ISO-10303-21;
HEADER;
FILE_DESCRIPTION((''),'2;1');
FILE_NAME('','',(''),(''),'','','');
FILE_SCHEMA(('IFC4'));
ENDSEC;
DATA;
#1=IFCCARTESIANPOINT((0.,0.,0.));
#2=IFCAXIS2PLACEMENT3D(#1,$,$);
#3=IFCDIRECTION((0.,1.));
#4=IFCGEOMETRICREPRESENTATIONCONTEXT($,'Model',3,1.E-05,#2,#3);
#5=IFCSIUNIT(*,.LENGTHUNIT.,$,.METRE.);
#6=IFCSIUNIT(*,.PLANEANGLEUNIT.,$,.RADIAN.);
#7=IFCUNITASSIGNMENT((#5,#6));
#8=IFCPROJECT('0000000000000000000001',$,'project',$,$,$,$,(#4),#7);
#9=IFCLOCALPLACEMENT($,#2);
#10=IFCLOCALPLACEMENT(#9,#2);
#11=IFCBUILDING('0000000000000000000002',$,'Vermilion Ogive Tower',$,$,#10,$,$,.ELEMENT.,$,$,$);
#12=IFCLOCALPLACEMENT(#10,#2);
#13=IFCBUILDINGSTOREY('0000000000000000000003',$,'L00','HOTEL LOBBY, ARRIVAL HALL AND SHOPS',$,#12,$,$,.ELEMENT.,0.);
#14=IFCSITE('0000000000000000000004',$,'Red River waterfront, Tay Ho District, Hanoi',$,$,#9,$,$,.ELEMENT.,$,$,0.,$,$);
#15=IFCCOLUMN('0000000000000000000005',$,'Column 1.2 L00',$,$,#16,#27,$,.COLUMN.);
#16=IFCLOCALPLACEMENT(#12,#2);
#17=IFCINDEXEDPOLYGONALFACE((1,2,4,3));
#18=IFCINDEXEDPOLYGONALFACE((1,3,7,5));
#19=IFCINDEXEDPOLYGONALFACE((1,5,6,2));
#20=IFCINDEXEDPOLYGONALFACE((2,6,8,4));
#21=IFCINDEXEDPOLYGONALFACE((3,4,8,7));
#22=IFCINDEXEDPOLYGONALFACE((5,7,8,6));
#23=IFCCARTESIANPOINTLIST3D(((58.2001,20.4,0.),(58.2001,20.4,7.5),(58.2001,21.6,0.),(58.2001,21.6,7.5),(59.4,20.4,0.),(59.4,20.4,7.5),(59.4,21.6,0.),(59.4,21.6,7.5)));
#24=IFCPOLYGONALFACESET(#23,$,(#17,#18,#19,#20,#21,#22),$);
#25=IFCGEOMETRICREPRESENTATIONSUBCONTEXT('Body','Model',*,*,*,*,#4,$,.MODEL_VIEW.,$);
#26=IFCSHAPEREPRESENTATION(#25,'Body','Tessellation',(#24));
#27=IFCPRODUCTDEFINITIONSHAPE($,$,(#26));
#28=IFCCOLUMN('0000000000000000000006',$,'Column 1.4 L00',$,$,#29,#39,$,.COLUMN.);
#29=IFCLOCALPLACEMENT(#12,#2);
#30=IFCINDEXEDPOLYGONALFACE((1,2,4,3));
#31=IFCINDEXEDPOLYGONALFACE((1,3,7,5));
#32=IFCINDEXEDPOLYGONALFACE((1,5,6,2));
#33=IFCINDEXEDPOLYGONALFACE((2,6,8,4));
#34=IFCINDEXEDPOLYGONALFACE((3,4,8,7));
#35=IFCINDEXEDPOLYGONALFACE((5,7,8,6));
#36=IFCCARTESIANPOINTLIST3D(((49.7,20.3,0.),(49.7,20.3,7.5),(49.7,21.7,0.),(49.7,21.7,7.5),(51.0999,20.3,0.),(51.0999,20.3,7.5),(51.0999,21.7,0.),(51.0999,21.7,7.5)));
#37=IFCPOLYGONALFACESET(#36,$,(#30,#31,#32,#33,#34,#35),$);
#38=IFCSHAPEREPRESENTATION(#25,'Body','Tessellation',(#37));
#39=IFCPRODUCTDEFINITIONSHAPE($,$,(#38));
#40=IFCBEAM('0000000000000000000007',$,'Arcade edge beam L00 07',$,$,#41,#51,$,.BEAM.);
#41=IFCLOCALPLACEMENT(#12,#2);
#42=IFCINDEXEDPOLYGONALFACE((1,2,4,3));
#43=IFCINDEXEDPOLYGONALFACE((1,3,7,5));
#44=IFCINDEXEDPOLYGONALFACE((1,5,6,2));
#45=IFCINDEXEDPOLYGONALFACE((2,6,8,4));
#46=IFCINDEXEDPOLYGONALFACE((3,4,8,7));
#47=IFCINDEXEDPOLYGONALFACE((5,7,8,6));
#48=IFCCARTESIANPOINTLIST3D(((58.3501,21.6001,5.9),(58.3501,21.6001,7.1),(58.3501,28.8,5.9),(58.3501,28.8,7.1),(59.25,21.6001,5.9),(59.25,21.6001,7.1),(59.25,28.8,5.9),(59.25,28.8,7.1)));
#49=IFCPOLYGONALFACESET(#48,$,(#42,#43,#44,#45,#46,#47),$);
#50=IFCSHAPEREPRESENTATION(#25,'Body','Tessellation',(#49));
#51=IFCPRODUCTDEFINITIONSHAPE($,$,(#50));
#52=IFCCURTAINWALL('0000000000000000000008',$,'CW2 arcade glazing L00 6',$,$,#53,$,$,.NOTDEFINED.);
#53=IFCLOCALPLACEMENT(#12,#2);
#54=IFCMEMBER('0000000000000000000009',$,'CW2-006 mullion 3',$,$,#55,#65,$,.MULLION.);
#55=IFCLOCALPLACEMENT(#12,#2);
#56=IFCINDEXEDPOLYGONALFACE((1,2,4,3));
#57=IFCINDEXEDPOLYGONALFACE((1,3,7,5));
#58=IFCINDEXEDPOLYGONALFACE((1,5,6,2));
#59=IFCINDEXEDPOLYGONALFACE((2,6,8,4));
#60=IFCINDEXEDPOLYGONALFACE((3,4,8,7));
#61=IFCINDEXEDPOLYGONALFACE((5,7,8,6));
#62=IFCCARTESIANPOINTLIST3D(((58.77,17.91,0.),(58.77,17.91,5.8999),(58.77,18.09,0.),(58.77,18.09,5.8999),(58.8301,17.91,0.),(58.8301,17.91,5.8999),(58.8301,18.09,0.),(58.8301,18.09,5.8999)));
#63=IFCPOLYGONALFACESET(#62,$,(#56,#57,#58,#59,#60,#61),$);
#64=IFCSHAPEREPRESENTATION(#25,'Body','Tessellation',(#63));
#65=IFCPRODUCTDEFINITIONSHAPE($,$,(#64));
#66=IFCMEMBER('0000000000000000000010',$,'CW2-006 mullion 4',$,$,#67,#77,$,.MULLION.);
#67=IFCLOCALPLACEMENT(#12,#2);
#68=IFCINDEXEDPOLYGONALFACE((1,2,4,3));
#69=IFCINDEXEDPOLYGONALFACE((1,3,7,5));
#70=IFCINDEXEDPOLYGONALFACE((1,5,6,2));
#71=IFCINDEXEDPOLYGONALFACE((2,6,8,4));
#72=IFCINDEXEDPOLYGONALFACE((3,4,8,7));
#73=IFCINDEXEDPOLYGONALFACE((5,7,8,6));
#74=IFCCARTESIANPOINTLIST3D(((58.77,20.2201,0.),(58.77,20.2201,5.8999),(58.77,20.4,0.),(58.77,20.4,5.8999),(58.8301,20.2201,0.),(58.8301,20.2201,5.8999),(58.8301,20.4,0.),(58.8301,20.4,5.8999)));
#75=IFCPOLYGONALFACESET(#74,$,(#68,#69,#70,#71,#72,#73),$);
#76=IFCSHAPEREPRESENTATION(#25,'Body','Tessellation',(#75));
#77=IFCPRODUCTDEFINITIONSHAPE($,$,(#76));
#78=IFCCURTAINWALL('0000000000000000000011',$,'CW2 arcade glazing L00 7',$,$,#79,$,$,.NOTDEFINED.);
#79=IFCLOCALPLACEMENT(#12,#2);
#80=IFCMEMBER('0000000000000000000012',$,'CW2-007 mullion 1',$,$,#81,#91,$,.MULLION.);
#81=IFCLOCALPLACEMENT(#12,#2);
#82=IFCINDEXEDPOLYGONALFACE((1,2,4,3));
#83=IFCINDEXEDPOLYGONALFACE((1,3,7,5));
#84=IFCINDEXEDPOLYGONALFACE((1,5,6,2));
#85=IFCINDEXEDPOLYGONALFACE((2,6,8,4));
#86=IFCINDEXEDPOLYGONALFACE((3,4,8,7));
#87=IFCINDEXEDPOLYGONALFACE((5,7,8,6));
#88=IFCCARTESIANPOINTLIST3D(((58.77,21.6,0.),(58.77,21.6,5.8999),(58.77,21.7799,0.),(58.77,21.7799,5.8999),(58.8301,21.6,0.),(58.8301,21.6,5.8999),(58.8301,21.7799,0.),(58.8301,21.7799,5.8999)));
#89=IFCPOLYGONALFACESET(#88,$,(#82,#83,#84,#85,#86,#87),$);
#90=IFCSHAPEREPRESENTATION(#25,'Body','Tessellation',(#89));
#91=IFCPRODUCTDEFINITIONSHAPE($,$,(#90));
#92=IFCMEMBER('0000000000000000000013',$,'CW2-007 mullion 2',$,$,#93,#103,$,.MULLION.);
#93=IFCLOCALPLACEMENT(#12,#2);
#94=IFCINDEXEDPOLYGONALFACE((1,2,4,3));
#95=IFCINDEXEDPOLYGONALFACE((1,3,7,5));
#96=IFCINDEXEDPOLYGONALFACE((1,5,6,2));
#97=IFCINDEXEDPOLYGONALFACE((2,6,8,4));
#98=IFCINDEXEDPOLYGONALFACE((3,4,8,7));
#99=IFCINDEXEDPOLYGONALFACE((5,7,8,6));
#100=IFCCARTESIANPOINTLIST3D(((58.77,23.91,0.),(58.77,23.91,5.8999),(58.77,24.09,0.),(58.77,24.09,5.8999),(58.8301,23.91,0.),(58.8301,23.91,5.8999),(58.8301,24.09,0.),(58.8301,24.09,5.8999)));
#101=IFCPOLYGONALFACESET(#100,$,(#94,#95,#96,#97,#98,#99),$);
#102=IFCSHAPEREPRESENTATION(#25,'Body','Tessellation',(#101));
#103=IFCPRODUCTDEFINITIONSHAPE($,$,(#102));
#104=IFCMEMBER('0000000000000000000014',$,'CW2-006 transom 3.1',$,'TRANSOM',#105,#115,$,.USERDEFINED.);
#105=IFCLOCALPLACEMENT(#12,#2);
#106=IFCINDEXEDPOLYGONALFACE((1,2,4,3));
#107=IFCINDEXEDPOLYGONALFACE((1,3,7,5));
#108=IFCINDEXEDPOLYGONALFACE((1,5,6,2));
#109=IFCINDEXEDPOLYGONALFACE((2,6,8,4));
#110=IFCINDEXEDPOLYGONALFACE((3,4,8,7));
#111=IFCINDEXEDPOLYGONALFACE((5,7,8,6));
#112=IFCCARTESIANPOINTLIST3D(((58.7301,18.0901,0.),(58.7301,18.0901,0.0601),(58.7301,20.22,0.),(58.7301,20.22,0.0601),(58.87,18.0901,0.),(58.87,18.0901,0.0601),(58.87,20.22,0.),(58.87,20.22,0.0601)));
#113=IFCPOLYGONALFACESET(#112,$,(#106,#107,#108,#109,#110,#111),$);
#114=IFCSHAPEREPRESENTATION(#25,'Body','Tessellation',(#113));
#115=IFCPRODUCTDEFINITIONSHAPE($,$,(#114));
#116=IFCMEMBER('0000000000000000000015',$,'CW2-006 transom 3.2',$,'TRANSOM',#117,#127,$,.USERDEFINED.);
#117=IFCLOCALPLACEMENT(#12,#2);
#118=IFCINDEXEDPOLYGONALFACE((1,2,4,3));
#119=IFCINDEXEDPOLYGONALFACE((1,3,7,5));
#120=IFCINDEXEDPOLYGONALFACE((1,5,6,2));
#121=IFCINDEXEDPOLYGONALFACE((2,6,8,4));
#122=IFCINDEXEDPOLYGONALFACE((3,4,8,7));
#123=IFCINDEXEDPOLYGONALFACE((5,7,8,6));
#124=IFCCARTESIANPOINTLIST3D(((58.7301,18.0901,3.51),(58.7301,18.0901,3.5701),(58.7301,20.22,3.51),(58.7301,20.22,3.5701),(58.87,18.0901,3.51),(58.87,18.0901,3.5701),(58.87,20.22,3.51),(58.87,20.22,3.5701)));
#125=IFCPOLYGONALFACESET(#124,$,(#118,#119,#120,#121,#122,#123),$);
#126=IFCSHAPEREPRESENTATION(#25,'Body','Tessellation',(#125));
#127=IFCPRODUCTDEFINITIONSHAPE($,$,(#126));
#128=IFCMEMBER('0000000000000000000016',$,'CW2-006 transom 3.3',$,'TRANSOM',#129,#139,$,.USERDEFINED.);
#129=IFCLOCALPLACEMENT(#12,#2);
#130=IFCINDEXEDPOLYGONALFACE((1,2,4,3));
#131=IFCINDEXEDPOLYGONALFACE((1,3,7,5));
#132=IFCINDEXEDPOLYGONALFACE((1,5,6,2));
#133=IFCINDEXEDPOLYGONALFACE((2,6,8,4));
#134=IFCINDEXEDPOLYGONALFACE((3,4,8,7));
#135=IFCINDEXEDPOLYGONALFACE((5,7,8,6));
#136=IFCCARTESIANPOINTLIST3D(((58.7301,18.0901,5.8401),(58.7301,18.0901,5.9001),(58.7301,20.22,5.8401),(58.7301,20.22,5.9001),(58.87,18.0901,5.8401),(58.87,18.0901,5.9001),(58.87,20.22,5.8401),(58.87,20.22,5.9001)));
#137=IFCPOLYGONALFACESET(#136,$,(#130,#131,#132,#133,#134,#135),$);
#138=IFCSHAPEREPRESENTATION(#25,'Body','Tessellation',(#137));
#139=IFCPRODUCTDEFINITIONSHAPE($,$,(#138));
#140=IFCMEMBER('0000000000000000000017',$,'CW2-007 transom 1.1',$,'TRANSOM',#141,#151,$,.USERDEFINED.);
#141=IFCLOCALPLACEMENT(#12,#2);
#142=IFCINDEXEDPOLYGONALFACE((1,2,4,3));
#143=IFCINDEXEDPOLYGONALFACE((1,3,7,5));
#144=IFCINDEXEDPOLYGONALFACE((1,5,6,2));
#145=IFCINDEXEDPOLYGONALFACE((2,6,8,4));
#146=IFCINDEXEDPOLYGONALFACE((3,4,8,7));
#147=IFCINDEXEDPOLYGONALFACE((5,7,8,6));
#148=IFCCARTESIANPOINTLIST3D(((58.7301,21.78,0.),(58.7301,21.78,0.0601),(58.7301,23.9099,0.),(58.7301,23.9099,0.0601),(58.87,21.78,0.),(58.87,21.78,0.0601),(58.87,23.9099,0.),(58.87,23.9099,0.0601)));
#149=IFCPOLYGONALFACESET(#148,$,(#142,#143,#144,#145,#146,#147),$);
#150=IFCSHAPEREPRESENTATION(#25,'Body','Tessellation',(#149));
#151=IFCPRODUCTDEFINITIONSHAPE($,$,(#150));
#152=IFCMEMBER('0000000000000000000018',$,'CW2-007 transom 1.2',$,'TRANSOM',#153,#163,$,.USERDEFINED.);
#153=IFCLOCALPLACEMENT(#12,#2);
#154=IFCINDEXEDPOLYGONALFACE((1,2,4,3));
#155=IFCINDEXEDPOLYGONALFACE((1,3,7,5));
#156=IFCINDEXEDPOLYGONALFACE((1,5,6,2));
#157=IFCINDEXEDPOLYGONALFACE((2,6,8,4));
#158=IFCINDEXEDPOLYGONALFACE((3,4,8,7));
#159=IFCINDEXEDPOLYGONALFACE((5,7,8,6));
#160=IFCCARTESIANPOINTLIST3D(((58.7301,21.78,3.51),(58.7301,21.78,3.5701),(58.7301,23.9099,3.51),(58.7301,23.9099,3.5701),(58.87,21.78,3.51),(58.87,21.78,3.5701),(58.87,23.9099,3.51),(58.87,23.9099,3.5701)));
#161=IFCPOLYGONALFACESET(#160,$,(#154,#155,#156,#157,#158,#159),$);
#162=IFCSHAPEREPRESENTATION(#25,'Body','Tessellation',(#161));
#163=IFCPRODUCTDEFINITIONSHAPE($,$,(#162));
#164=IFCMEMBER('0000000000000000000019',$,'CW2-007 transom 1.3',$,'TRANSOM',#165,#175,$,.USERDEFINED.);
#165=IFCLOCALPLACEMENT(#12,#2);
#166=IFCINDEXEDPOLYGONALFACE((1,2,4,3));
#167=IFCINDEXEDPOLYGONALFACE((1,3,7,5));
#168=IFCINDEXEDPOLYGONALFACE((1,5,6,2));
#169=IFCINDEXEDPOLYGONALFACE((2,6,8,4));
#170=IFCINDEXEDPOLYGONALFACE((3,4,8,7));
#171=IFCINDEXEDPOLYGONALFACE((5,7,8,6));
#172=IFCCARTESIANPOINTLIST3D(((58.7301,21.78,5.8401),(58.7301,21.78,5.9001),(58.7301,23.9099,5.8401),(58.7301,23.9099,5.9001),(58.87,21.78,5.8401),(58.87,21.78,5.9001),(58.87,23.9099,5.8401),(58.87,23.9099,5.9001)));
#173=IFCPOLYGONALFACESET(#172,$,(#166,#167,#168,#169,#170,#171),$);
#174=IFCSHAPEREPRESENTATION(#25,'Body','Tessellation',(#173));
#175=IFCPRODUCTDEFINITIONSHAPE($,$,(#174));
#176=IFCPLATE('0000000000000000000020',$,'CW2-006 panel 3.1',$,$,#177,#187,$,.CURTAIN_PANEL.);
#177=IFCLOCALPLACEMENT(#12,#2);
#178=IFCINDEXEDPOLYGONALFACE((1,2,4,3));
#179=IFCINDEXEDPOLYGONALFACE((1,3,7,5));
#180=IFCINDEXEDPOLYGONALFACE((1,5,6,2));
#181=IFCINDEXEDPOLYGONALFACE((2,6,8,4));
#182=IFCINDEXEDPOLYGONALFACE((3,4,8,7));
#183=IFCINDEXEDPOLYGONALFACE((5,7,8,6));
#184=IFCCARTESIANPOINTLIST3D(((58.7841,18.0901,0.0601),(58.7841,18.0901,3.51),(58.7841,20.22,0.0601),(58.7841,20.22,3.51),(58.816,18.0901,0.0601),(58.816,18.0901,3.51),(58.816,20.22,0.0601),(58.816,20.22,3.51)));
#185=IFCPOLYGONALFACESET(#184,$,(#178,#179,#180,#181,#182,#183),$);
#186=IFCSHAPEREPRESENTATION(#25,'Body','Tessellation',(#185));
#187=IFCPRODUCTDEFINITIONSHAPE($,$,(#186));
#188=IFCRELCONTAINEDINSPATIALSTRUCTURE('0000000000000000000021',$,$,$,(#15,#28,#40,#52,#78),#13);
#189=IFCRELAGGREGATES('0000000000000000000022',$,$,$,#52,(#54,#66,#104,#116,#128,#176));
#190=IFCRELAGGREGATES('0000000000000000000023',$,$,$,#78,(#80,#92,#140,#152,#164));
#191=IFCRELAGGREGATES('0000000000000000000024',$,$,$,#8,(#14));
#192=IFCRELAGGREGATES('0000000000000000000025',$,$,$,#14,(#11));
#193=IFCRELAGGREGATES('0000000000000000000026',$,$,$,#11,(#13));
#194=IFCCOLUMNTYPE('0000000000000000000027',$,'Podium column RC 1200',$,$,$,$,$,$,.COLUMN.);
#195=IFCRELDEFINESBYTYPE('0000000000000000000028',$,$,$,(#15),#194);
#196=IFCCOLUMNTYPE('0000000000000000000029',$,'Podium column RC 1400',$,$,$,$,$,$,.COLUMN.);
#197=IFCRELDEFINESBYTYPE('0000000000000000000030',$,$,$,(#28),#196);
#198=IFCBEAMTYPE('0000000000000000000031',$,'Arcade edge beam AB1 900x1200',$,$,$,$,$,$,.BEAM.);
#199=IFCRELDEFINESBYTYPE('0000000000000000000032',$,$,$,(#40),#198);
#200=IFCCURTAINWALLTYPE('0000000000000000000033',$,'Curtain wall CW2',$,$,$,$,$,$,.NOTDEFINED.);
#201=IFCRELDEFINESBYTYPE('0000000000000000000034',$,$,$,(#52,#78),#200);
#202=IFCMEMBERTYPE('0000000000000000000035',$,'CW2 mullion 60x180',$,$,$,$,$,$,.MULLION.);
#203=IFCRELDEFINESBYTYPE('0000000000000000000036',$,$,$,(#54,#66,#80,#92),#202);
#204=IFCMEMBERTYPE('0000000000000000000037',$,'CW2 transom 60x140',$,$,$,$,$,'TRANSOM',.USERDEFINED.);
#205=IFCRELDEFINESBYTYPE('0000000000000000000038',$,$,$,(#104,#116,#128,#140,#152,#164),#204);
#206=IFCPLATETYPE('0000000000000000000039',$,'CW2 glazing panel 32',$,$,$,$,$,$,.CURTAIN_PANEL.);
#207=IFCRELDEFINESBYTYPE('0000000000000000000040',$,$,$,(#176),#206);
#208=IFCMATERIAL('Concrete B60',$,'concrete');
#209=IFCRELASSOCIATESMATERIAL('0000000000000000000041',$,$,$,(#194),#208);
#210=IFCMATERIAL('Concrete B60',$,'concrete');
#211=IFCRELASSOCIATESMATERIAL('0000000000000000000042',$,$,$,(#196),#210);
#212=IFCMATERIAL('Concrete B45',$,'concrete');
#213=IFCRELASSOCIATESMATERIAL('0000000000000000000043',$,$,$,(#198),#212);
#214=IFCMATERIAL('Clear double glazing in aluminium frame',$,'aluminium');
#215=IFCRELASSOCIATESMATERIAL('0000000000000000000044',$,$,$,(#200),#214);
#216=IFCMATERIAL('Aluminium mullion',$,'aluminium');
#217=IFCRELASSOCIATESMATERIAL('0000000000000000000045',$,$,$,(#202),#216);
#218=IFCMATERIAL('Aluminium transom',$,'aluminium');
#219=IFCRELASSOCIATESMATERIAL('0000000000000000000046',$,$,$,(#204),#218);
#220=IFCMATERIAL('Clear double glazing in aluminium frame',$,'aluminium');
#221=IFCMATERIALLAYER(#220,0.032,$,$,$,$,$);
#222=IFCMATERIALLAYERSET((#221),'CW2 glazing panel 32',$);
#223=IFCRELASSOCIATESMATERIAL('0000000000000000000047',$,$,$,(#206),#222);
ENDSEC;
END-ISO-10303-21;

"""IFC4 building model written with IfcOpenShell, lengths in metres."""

from ifc_helpers import new_model, si_unit, direction, frame, origin, origin_2d, place, context, subcontext, project, spatial, rectangle, extrude, material, layer, layer_set, material_profile, profile_set, type_object, element, aggregate, save


model = new_model("IFC4")

# Units and contexts
model_context = context("Model", 3, precision=1e-05, world=origin(), true_north=direction((0.0, 1.0)))
body_context = subcontext(model_context, "Body", "Model", "MODEL_VIEW")
ifc_project = project(units=[si_unit("LENGTHUNIT", "METRE"), si_unit("PLANEANGLEUNIT", "RADIAN")], contexts=[model_context])

# Site, building, storey
site_placement = place(None, origin())
site = spatial("IfcSite", under=ifc_project, at=site_placement, Name="Red River waterfront, Tay Ho District, Hanoi", CompositionType="ELEMENT", RefElevation=0.0)
building_placement = place(site_placement, origin())
building = spatial("IfcBuilding", under=site, at=building_placement, Name="Vermilion Ogive Tower", CompositionType="ELEMENT")
storey_placement = place(building_placement, origin())
storey = spatial("IfcBuildingStorey", under=building, at=storey_placement, Name="L00", Description="HOTEL LOBBY, ARRIVAL HALL AND SHOPS", CompositionType="ELEMENT", Elevation=0.0)

# Columns
ifc_material_1 = material(Name="Concrete B60", Category="concrete")
ifc_material_profile_1 = material_profile(ifc_material_1, rectangle(XDim=1.2, YDim=1.2, at=origin_2d()), Name="RC 1200x1200")
ifc_profile_set_1 = profile_set([ifc_material_profile_1], Name="Concrete B60")
column_type_1 = type_object("IfcColumnType", Name="Podium column RC 1200", PredefinedType="COLUMN", material=ifc_profile_set_1)
column_1_placement = place(storey_placement, frame((58.8, 21.0, 0.0), z_axis=(0.0, 0.0, 1.0), x_axis=(1.0, 0.0, 0.0)))
element("IfcColumn", 1, at=column_1_placement, inside=storey, type_object=column_type_1, Name="Column 1.2 L00", PredefinedType="COLUMN", context=body_context, shape_type="SweptSolid", body=[
    extrude(rectangle(XDim=1.2, YDim=1.2, at=origin_2d()), origin(), (0.0, 0.0, 1.0), 7.5),
])
ifc_material_2 = material(Name="Concrete B60", Category="concrete")
ifc_material_profile_2 = material_profile(ifc_material_2, rectangle(XDim=1.3999, YDim=1.3999, at=origin_2d()), Name="RC 1400x1400")
ifc_profile_set_2 = profile_set([ifc_material_profile_2], Name="Concrete B60")
column_type_2 = type_object("IfcColumnType", Name="Podium column RC 1400", PredefinedType="COLUMN", material=ifc_profile_set_2)
column_2_placement = place(storey_placement, frame((50.3999, 21.0, 0.0), z_axis=(0.0, 0.0, 1.0), x_axis=(1.0, 0.0, 0.0)))
element("IfcColumn", 2, at=column_2_placement, inside=storey, type_object=column_type_2, Name="Column 1.4 L00", PredefinedType="COLUMN", context=body_context, shape_type="SweptSolid", body=[
    extrude(rectangle(XDim=1.3999, YDim=1.3999, at=origin_2d()), origin(), (0.0, 0.0, 1.0), 7.5),
])

# Beam
ifc_material_3 = material(Name="Concrete B45", Category="concrete")
ifc_material_profile_3 = material_profile(ifc_material_3, rectangle(XDim=0.8999, YDim=1.2, at=origin_2d()), Name="RC 900x1200")
ifc_profile_set_3 = profile_set([ifc_material_profile_3], Name="Concrete B45")
beam_type = type_object("IfcBeamType", Name="Arcade edge beam AB1 900x1200", PredefinedType="BEAM", material=ifc_profile_set_3)
beam_placement = place(storey_placement, frame((58.8, 21.6001, 6.5), z_axis=(0.0, 1.0, 0.0), x_axis=(-1.0, 0.0, 0.0)))
element("IfcBeam", 3, at=beam_placement, inside=storey, type_object=beam_type, Name="Arcade edge beam L00 07", PredefinedType="BEAM", context=body_context, shape_type="SweptSolid", body=[
    extrude(rectangle(XDim=0.8999, YDim=1.2, at=origin_2d()), origin(), (0.0, 0.0, 1.0), 7.2),
])

# Curtain walls, members
ifc_material_4 = material(Name="Clear double glazing in aluminium frame", Category="aluminium")
curtain_wall_type = type_object("IfcCurtainWallType", Name="Curtain wall CW2", PredefinedType="NOTDEFINED", material=ifc_material_4)
curtain_wall_1_placement = place(storey_placement, origin())
curtain_wall_1 = element("IfcCurtainWall", 4, at=curtain_wall_1_placement, inside=storey, type_object=curtain_wall_type, Name="CW2 arcade glazing L00 6", PredefinedType="NOTDEFINED")
ifc_material_5 = material(Name="Aluminium mullion", Category="aluminium")
ifc_material_profile_4 = material_profile(ifc_material_5, rectangle(XDim=0.0601, YDim=0.1799, at=origin_2d()), Name="AL 60x180")
ifc_profile_set_4 = profile_set([ifc_material_profile_4], Name="Aluminium mullion")
member_type_1 = type_object("IfcMemberType", Name="CW2 mullion 60x180", PredefinedType="MULLION", material=ifc_profile_set_4)
member_1_placement = place(storey_placement, frame((58.8, 18.0, 0.0), z_axis=(0.0, 0.0, 1.0), x_axis=(-1.0, 0.0, 0.0)))
member_1 = element("IfcMember", 5, at=member_1_placement, type_object=member_type_1, Name="CW2-006 mullion 3", PredefinedType="MULLION", context=body_context, shape_type="SweptSolid", body=[
    extrude(rectangle(XDim=0.0601, YDim=0.1799, at=origin_2d()), origin(), (0.0, 0.0, 1.0), 5.8999),
])
member_2_placement = place(storey_placement, frame((58.8, 20.3101, 0.0), z_axis=(0.0, 0.0, 1.0), x_axis=(-1.0, 0.0, 0.0)))
member_2 = element("IfcMember", 6, at=member_2_placement, type_object=member_type_1, Name="CW2-006 mullion 4", PredefinedType="MULLION", context=body_context, shape_type="SweptSolid", body=[
    extrude(rectangle(XDim=0.0601, YDim=0.1799, at=origin_2d()), origin(), (0.0, 0.0, 1.0), 5.8999),
])
curtain_wall_2_placement = place(storey_placement, origin())
curtain_wall_2 = element("IfcCurtainWall", 7, at=curtain_wall_2_placement, inside=storey, type_object=curtain_wall_type, Name="CW2 arcade glazing L00 7", PredefinedType="NOTDEFINED")
member_3_placement = place(storey_placement, frame((58.8, 21.6899, 0.0), z_axis=(0.0, 0.0, 1.0), x_axis=(-1.0, 0.0, 0.0)))
member_3 = element("IfcMember", 8, at=member_3_placement, type_object=member_type_1, Name="CW2-007 mullion 1", PredefinedType="MULLION", context=body_context, shape_type="SweptSolid", body=[
    extrude(rectangle(XDim=0.0601, YDim=0.1799, at=origin_2d()), origin(), (0.0, 0.0, 1.0), 5.8999),
])
member_4_placement = place(storey_placement, frame((58.8, 24.0, 0.0), z_axis=(0.0, 0.0, 1.0), x_axis=(-1.0, 0.0, 0.0)))
member_4 = element("IfcMember", 9, at=member_4_placement, type_object=member_type_1, Name="CW2-007 mullion 2", PredefinedType="MULLION", context=body_context, shape_type="SweptSolid", body=[
    extrude(rectangle(XDim=0.0601, YDim=0.1799, at=origin_2d()), origin(), (0.0, 0.0, 1.0), 5.8999),
])

# Members
ifc_material_6 = material(Name="Aluminium transom", Category="aluminium")
ifc_material_profile_5 = material_profile(ifc_material_6, rectangle(XDim=0.1399, YDim=0.0601, at=origin_2d()), Name="AL 60x140")
ifc_profile_set_5 = profile_set([ifc_material_profile_5], Name="Aluminium transom")
member_type_2 = type_object("IfcMemberType", Name="CW2 transom 60x140", ElementType="TRANSOM", PredefinedType="USERDEFINED", material=ifc_profile_set_5)
member_5_placement = place(storey_placement, frame((58.8, 18.0901, 0.03), z_axis=(0.0, 1.0, 0.0), x_axis=(-1.0, 0.0, 0.0)))
member_5 = element("IfcMember", 10, at=member_5_placement, type_object=member_type_2, Name="CW2-006 transom 3.1", ObjectType="TRANSOM", PredefinedType="USERDEFINED", context=body_context, shape_type="SweptSolid", body=[
    extrude(rectangle(XDim=0.1399, YDim=0.0601, at=origin_2d()), origin(), (0.0, 0.0, 1.0), 2.1299),
])
member_6_placement = place(storey_placement, frame((58.8, 18.0901, 3.54), z_axis=(0.0, 1.0, 0.0), x_axis=(-1.0, 0.0, 0.0)))
member_6 = element("IfcMember", 11, at=member_6_placement, type_object=member_type_2, Name="CW2-006 transom 3.2", ObjectType="TRANSOM", PredefinedType="USERDEFINED", context=body_context, shape_type="SweptSolid", body=[
    extrude(rectangle(XDim=0.1399, YDim=0.0601, at=origin_2d()), origin(), (0.0, 0.0, 1.0), 2.1299),
])
member_7_placement = place(storey_placement, frame((58.8, 18.0901, 5.8701), z_axis=(0.0, 1.0, 0.0), x_axis=(-1.0, 0.0, 0.0)))
member_7 = element("IfcMember", 12, at=member_7_placement, type_object=member_type_2, Name="CW2-006 transom 3.3", ObjectType="TRANSOM", PredefinedType="USERDEFINED", context=body_context, shape_type="SweptSolid", body=[
    extrude(rectangle(XDim=0.1399, YDim=0.0601, at=origin_2d()), origin(), (0.0, 0.0, 1.0), 2.1299),
])
member_8_placement = place(storey_placement, frame((58.8, 21.78, 0.03), z_axis=(0.0, 1.0, 0.0), x_axis=(-1.0, 0.0, 0.0)))
member_8 = element("IfcMember", 13, at=member_8_placement, type_object=member_type_2, Name="CW2-007 transom 1.1", ObjectType="TRANSOM", PredefinedType="USERDEFINED", context=body_context, shape_type="SweptSolid", body=[
    extrude(rectangle(XDim=0.1399, YDim=0.0601, at=origin_2d()), origin(), (0.0, 0.0, 1.0), 2.1299),
])
member_9_placement = place(storey_placement, frame((58.8, 21.78, 3.54), z_axis=(0.0, 1.0, 0.0), x_axis=(-1.0, 0.0, 0.0)))
member_9 = element("IfcMember", 14, at=member_9_placement, type_object=member_type_2, Name="CW2-007 transom 1.2", ObjectType="TRANSOM", PredefinedType="USERDEFINED", context=body_context, shape_type="SweptSolid", body=[
    extrude(rectangle(XDim=0.1399, YDim=0.0601, at=origin_2d()), origin(), (0.0, 0.0, 1.0), 2.1299),
])
member_10_placement = place(storey_placement, frame((58.8, 21.78, 5.8701), z_axis=(0.0, 1.0, 0.0), x_axis=(-1.0, 0.0, 0.0)))
member_10 = element("IfcMember", 15, at=member_10_placement, type_object=member_type_2, Name="CW2-007 transom 1.3", ObjectType="TRANSOM", PredefinedType="USERDEFINED", context=body_context, shape_type="SweptSolid", body=[
    extrude(rectangle(XDim=0.1399, YDim=0.0601, at=origin_2d()), origin(), (0.0, 0.0, 1.0), 2.1299),
])

# Plate
ifc_material_7 = material(Name="Clear double glazing in aluminium frame", Category="aluminium")
ifc_layer_1 = layer(ifc_material_7, 0.032)
ifc_layer_set_1 = layer_set([ifc_layer_1], Name="CW2 glazing panel 32")
plate_type = type_object("IfcPlateType", Name="CW2 glazing panel 32", PredefinedType="CURTAIN_PANEL", material=ifc_layer_set_1)
plate_1_placement = place(storey_placement, frame((58.8, 19.155, 0.0601), z_axis=(0.0, 0.0, 1.0), x_axis=(0.0, 1.0, 0.0)))
plate_1 = element("IfcPlate", 16, at=plate_1_placement, type_object=plate_type, Name="CW2-006 panel 3.1", PredefinedType="CURTAIN_PANEL", context=body_context, shape_type="SweptSolid", body=[
    extrude(rectangle(XDim=2.1299, YDim=0.032, at=origin_2d()), origin(), (0.0, 0.0, 1.0), 3.45),
])
aggregate(curtain_wall_1, [member_1, member_2, member_5, member_6, member_7, plate_1])
aggregate(curtain_wall_2, [member_3, member_4, member_8, member_9, member_10])

save(model, "model.ifc")
